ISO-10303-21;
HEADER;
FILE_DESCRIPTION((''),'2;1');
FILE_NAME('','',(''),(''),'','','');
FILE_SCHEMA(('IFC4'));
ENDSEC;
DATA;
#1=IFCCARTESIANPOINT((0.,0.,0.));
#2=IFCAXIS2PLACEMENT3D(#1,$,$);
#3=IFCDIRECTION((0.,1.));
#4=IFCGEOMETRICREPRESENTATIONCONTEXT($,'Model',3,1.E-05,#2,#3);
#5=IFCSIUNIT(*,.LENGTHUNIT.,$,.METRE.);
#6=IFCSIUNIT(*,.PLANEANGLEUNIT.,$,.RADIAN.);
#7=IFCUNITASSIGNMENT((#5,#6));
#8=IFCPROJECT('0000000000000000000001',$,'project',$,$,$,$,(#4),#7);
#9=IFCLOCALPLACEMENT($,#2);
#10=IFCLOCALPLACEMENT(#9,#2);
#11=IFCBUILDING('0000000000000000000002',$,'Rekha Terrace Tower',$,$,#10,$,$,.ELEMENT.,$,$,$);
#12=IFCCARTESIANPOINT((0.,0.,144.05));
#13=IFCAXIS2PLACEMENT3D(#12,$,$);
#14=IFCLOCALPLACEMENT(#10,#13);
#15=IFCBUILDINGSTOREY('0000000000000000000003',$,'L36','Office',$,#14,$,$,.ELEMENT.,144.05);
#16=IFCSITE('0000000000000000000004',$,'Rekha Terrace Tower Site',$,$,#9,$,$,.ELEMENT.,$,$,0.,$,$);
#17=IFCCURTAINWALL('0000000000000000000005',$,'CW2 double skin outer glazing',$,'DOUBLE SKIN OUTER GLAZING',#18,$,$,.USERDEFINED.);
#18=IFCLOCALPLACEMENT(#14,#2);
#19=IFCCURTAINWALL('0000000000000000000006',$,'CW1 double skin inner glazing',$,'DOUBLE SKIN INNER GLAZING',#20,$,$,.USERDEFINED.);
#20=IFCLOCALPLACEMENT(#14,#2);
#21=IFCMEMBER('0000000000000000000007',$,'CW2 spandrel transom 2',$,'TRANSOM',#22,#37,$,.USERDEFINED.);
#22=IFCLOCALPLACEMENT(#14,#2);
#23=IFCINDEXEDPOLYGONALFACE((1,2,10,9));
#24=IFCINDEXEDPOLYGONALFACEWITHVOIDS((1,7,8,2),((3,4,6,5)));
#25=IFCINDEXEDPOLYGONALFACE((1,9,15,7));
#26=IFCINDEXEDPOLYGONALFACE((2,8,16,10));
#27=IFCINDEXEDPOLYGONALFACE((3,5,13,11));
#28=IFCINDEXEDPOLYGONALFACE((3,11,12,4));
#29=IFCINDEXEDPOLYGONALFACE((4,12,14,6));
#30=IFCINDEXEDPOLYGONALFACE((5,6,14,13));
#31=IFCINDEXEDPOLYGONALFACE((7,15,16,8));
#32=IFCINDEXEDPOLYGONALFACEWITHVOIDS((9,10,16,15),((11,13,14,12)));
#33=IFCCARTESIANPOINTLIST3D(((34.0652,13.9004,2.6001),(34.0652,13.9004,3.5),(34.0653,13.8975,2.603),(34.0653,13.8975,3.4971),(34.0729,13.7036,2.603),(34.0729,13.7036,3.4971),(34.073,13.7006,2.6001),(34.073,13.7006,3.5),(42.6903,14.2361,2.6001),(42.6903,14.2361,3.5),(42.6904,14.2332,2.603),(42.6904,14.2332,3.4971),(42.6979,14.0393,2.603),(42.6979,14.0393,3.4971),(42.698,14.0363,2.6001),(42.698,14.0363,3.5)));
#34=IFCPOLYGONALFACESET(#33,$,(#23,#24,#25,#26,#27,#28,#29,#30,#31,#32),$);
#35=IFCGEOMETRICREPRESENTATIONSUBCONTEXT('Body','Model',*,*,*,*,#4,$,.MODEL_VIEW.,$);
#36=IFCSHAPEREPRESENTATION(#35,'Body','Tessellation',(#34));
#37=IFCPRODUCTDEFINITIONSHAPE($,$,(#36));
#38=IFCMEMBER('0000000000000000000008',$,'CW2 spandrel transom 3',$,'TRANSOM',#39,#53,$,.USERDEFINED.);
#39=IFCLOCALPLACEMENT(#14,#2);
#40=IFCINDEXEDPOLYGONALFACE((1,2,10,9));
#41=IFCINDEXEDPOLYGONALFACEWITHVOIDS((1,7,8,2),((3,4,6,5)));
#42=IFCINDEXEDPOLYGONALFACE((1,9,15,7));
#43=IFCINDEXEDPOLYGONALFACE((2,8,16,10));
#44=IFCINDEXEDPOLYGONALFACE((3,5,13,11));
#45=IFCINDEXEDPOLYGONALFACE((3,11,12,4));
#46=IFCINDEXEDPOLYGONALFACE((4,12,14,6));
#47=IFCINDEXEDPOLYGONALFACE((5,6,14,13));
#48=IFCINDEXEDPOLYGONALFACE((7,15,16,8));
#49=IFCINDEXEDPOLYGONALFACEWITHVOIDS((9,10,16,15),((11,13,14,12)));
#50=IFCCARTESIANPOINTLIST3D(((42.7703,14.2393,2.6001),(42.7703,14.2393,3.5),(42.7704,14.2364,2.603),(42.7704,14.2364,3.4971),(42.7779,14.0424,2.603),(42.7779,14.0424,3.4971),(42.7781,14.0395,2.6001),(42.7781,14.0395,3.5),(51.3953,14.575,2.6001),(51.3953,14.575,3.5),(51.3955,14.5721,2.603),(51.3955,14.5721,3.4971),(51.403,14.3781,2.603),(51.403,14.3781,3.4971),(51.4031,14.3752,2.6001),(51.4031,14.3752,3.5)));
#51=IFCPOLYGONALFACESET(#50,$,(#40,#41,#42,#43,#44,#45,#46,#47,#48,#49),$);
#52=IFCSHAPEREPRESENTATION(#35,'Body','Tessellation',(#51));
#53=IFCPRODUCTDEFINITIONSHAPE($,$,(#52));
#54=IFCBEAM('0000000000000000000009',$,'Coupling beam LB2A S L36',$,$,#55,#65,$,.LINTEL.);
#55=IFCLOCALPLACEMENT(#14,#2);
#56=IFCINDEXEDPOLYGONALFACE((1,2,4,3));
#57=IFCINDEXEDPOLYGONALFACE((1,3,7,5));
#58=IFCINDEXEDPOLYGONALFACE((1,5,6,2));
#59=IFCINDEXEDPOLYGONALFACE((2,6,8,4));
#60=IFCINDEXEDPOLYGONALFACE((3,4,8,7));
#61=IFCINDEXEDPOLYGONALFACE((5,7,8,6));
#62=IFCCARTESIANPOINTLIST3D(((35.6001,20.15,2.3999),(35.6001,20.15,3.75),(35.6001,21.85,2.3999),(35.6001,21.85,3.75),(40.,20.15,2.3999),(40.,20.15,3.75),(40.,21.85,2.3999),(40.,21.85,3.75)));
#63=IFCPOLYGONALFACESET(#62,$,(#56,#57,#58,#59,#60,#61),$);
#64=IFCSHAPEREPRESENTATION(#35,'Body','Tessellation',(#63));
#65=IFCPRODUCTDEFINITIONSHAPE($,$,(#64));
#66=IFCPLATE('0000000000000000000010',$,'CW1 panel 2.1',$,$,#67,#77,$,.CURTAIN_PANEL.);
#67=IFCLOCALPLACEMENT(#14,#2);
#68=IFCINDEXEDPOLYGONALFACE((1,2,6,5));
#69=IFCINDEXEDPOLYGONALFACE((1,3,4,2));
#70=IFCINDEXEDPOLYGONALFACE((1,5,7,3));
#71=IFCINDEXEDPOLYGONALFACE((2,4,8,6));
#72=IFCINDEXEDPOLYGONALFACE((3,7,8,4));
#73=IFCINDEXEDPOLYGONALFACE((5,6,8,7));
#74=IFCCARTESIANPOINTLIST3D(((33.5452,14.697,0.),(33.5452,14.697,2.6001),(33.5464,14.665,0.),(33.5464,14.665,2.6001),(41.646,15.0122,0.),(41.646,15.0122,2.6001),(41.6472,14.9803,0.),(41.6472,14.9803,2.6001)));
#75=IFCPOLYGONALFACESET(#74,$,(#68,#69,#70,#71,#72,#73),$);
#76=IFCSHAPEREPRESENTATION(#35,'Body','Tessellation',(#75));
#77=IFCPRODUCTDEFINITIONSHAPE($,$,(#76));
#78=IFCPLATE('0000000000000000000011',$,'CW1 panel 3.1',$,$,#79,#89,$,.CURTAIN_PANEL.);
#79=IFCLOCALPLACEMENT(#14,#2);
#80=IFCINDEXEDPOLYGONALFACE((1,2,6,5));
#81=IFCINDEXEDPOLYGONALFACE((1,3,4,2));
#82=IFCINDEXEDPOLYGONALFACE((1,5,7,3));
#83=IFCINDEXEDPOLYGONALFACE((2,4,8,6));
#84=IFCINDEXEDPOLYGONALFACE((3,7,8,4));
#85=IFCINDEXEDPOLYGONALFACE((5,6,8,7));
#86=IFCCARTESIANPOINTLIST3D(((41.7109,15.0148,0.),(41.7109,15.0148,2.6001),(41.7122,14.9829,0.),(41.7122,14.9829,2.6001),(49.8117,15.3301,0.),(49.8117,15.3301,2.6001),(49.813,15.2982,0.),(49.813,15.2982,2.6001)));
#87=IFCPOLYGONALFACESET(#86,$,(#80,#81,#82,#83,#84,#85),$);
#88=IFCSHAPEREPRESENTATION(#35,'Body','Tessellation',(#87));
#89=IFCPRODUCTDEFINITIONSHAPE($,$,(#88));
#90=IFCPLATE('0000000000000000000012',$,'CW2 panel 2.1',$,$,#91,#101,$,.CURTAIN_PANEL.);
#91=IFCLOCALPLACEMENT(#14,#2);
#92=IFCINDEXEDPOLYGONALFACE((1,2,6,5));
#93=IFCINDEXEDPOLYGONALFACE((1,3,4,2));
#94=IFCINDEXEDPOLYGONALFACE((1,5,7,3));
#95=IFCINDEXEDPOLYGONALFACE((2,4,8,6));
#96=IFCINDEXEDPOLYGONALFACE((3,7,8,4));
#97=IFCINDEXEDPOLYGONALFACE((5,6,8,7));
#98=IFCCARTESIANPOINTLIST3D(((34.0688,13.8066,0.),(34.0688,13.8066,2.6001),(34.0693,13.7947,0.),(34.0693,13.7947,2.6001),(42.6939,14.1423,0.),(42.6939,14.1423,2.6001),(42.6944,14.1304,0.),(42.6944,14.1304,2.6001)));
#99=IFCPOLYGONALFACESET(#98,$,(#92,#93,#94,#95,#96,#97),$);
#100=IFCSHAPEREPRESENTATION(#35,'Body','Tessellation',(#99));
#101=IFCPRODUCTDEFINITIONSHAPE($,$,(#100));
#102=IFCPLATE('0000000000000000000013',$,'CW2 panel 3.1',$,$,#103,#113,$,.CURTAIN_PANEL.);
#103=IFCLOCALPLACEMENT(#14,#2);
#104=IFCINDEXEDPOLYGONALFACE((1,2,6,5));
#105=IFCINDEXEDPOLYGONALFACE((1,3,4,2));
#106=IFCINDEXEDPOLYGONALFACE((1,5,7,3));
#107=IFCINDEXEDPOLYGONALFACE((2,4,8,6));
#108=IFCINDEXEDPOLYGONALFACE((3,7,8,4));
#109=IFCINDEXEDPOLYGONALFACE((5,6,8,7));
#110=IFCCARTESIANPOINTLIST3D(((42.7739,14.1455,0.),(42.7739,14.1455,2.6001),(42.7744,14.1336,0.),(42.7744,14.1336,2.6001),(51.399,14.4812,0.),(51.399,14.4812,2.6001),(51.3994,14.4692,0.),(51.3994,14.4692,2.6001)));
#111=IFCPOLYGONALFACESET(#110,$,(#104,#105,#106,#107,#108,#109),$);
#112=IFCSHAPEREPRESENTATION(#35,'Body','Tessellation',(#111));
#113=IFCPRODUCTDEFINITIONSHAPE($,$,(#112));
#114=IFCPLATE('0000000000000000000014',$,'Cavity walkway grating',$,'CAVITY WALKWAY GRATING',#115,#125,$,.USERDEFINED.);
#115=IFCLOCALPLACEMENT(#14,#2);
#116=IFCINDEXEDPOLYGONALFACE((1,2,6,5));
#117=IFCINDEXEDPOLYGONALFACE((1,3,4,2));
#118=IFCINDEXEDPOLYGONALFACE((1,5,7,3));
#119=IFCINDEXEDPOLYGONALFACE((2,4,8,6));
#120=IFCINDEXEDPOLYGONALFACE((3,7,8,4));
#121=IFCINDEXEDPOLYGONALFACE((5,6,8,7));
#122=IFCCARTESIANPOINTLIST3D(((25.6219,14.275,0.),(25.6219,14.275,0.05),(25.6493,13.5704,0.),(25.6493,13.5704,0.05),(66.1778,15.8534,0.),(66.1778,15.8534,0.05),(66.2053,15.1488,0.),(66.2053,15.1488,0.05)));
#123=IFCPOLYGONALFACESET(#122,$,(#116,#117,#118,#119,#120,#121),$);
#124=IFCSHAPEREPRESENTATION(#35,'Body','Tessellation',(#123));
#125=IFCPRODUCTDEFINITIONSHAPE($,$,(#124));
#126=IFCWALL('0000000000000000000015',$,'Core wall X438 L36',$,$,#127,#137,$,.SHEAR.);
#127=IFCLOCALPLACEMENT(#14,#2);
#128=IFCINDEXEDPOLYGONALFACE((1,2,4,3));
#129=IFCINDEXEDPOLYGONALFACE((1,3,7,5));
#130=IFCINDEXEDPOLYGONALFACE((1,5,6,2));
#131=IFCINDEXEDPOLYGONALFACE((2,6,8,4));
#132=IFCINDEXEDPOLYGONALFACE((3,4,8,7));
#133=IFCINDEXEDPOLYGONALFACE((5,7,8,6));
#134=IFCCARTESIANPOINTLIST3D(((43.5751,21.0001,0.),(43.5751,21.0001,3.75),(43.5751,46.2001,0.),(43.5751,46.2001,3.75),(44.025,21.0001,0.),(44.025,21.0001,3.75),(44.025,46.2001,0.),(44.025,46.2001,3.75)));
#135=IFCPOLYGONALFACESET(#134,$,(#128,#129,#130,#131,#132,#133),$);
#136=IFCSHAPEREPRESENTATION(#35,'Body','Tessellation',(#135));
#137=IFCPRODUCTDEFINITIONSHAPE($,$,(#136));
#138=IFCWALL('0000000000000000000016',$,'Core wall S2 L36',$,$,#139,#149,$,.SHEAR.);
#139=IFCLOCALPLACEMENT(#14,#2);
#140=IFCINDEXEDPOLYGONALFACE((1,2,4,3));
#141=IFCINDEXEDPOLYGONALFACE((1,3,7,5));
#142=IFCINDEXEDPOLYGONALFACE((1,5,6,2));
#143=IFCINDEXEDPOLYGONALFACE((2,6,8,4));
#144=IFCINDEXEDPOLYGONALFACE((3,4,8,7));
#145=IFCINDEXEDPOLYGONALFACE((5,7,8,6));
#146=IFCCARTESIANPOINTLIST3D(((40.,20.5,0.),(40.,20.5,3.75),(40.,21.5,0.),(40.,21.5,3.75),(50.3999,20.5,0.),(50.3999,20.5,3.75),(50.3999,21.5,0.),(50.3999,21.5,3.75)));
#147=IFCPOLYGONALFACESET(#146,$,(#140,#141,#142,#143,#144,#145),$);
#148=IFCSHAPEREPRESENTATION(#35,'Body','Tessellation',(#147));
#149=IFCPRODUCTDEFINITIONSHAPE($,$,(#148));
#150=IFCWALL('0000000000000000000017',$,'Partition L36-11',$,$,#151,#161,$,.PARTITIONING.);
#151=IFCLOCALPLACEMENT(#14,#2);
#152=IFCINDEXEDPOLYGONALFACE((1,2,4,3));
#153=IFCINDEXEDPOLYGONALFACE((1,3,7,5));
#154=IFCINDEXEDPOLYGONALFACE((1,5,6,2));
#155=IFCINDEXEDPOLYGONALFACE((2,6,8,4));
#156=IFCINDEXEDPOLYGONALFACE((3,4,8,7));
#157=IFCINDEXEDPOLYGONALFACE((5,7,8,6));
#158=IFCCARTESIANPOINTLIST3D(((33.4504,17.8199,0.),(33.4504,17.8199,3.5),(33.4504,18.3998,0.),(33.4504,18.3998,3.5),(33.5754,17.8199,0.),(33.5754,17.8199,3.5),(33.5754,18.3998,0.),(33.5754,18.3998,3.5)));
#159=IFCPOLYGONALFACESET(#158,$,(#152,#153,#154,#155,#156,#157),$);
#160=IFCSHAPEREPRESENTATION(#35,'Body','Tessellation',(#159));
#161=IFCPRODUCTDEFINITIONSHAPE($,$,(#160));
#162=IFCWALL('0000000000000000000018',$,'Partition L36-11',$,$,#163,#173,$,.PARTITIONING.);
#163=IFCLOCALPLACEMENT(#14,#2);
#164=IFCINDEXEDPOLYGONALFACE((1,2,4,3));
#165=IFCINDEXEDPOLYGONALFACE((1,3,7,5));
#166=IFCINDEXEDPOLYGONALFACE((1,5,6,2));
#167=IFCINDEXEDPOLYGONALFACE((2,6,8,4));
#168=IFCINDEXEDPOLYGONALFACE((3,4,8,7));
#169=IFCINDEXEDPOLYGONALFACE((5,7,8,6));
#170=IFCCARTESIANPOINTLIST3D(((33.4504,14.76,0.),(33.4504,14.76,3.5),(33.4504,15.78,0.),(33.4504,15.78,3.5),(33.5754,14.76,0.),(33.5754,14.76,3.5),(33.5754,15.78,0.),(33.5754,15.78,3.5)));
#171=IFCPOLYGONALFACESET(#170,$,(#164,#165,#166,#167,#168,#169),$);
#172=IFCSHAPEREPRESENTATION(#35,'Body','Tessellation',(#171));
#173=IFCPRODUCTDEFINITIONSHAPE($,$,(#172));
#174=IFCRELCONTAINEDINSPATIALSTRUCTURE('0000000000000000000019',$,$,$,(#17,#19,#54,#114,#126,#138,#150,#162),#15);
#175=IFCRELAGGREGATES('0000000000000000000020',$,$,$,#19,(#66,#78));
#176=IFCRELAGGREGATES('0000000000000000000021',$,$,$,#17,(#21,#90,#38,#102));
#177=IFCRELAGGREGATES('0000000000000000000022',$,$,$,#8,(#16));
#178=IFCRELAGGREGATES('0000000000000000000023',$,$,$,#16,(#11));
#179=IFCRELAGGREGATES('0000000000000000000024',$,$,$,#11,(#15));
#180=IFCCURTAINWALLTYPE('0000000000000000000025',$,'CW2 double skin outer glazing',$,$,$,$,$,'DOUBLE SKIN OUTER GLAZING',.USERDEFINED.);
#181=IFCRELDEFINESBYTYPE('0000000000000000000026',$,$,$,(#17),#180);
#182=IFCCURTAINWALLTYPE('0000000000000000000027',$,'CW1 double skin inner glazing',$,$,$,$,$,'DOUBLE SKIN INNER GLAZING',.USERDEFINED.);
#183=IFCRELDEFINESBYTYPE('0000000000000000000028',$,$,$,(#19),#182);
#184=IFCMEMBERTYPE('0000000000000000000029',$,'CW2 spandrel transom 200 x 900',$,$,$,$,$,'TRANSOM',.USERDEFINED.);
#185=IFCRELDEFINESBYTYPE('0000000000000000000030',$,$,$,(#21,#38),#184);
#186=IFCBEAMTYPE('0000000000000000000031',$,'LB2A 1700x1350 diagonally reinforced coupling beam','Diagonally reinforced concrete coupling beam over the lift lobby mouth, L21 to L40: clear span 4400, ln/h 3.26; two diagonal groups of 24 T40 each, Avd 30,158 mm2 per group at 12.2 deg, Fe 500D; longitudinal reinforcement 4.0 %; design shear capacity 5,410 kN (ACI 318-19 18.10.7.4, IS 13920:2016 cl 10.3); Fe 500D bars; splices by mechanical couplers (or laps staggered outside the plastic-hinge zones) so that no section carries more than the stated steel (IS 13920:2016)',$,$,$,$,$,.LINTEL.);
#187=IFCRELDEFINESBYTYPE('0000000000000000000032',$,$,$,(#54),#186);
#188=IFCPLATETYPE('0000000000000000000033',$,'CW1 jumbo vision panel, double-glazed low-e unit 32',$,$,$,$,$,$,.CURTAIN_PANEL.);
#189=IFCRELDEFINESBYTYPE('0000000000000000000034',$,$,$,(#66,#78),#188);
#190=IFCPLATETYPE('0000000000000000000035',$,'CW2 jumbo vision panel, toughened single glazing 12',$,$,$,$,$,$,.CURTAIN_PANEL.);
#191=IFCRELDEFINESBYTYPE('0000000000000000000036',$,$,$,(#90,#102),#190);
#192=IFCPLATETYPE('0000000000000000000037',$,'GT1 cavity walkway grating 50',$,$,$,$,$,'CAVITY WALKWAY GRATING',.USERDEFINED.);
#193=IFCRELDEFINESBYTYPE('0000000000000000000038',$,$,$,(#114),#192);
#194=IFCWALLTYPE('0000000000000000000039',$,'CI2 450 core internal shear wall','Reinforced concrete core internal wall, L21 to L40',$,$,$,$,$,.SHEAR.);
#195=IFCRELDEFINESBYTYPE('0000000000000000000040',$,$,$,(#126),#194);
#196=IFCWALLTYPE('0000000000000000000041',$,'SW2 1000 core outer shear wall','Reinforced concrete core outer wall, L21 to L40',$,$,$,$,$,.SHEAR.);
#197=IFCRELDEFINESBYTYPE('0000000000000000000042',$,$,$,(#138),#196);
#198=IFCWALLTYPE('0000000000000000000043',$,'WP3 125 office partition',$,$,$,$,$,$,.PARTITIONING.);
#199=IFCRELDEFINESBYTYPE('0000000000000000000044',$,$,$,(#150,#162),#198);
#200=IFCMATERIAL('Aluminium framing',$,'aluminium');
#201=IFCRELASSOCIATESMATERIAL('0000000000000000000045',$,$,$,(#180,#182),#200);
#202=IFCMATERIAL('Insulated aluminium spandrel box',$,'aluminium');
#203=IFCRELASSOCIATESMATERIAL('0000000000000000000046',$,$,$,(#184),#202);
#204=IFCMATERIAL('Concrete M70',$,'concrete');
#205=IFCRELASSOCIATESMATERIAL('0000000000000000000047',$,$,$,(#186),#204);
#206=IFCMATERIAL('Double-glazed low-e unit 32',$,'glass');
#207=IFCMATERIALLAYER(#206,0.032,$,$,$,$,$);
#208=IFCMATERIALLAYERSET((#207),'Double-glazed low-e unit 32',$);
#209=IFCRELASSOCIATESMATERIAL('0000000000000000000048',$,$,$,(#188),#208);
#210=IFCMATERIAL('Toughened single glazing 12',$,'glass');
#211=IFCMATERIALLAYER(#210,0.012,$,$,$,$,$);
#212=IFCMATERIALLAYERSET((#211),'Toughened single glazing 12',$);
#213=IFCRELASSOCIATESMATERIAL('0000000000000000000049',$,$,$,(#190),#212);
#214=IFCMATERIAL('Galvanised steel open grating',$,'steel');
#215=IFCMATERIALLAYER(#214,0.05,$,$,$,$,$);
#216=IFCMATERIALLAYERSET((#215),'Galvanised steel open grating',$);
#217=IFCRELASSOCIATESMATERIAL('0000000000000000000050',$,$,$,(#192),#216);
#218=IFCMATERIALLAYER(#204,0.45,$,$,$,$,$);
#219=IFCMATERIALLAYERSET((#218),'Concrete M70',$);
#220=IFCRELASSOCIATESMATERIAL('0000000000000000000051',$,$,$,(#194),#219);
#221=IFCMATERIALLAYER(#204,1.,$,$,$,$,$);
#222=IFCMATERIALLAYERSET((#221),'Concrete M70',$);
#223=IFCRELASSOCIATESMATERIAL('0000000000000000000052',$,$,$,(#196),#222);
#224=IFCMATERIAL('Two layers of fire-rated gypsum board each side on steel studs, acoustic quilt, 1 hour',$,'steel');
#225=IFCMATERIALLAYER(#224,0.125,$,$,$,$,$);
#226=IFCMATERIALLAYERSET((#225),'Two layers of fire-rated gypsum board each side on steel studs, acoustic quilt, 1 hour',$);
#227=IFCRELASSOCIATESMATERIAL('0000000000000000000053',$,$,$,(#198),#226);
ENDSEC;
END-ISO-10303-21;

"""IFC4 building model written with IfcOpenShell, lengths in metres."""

from ifc_helpers import new_model, si_unit, direction, frame, frame_2d, origin, origin_2d, place, context, subcontext, project, spatial, rectangle, hollow_rectangle, extrude, material, layer, layer_set, material_profile, profile_set, type_object, element, aggregate, save


model = new_model("IFC4")

# Units and contexts
model_context = context("Model", 3, precision=1e-05, world=origin(), true_north=direction((0.0, 1.0)))
body_context = subcontext(model_context, "Body", "Model", "MODEL_VIEW")
ifc_project = project(units=[si_unit("LENGTHUNIT", "METRE"), si_unit("PLANEANGLEUNIT", "RADIAN")], contexts=[model_context])

# Site, building, storey
site_placement = place(None, origin())
site = spatial("IfcSite", under=ifc_project, at=site_placement, Name="Rekha Terrace Tower Site", CompositionType="ELEMENT", RefElevation=0.0)
building_placement = place(site_placement, origin())
building = spatial("IfcBuilding", under=site, at=building_placement, Name="Rekha Terrace Tower", CompositionType="ELEMENT")
storey_placement = place(building_placement, frame((0.0, 0.0, 144.05)))
storey = spatial("IfcBuildingStorey", under=building, at=storey_placement, Name="L36", Description="Office", CompositionType="ELEMENT", Elevation=144.05)

# Shared definitions
ifc_material_1 = material(Name="Concrete M70", Category="concrete")

# Curtain walls
ifc_material_2 = material(Name="Aluminium framing", Category="aluminium")
curtain_wall_type_1 = type_object("IfcCurtainWallType", Name="CW2 double skin outer glazing", ElementType="DOUBLE SKIN OUTER GLAZING", PredefinedType="USERDEFINED", material=ifc_material_2)
curtain_wall_1_placement = place(storey_placement, origin())
curtain_wall_1 = element("IfcCurtainWall", 1, at=curtain_wall_1_placement, inside=storey, type_object=curtain_wall_type_1, Name="CW2 double skin outer glazing", ObjectType="DOUBLE SKIN OUTER GLAZING", PredefinedType="USERDEFINED")
curtain_wall_type_2 = type_object("IfcCurtainWallType", Name="CW1 double skin inner glazing", ElementType="DOUBLE SKIN INNER GLAZING", PredefinedType="USERDEFINED", material=ifc_material_2)
curtain_wall_2_placement = place(storey_placement, origin())
curtain_wall_2 = element("IfcCurtainWall", 2, at=curtain_wall_2_placement, inside=storey, type_object=curtain_wall_type_2, Name="CW1 double skin inner glazing", ObjectType="DOUBLE SKIN INNER GLAZING", PredefinedType="USERDEFINED")
ifc_material_3 = material(Name="Insulated aluminium spandrel box", Category="aluminium")

# Members
ifc_material_profile_1 = material_profile(ifc_material_3, hollow_rectangle(XDim=0.2, YDim=0.8999, WallThickness=0.0029, at=origin_2d()), Name="AL SPANDREL BOX 200x900")
ifc_profile_set_1 = profile_set([ifc_material_profile_1], Name="Insulated aluminium spandrel box")
member_type_1 = type_object("IfcMemberType", Name="CW2 spandrel transom 200 x 900", ElementType="TRANSOM", PredefinedType="USERDEFINED", material=ifc_profile_set_1)
member_1_placement = place(storey_placement, frame((34.0691, 13.8005, 3.05), z_axis=(0.999243, 0.038892, 0.0), x_axis=(-0.038892, 0.999243, 0.0)))
member_1 = element("IfcMember", 3, at=member_1_placement, type_object=member_type_1, Name="CW2 spandrel transom 2", ObjectType="TRANSOM", PredefinedType="USERDEFINED", context=body_context, shape_type="SweptSolid", body=[
    extrude(hollow_rectangle(XDim=0.2, YDim=0.8999, WallThickness=0.0029, at=origin_2d()), origin(), (0.0, 0.0, 1.0), 8.6316),
])
member_2_placement = place(storey_placement, frame((42.7742, 14.1394, 3.05), z_axis=(0.999243, 0.038892, 0.0), x_axis=(-0.038892, 0.999243, 0.0)))
member_2 = element("IfcMember", 4, at=member_2_placement, type_object=member_type_1, Name="CW2 spandrel transom 3", ObjectType="TRANSOM", PredefinedType="USERDEFINED", context=body_context, shape_type="SweptSolid", body=[
    extrude(hollow_rectangle(XDim=0.2, YDim=0.8999, WallThickness=0.0029, at=origin_2d()), origin(), (0.0, 0.0, 1.0), 8.6316),
])

# Beam
ifc_material_profile_2 = material_profile(ifc_material_1, rectangle(XDim=1.7, YDim=1.3501, at=origin_2d()), Name="RC 1700x1350")
ifc_profile_set_2 = profile_set([ifc_material_profile_2], Name="Concrete M70")
beam_type = type_object("IfcBeamType", Name="LB2A 1700x1350 diagonally reinforced coupling beam", Description="Diagonally reinforced concrete coupling beam over the lift lobby mouth, L21 to L40: clear span 4400, ln/h 3.26; two diagonal groups of 24 T40 each, Avd 30,158 mm2 per group at 12.2 deg, Fe 500D; longitudinal reinforcement 4.0 %; design shear capacity 5,410 kN (ACI 318-19 18.10.7.4, IS 13920:2016 cl 10.3); Fe 500D bars; splices by mechanical couplers (or laps staggered outside the plastic-hinge zones) so that no section carries more than the stated steel (IS 13920:2016)", PredefinedType="LINTEL", material=ifc_profile_set_2)
beam_placement = place(storey_placement, frame((35.6001, 21.0, 3.075), z_axis=(1.0, 0.0, 0.0), x_axis=(0.0, 1.0, 0.0)))
element("IfcBeam", 5, at=beam_placement, inside=storey, type_object=beam_type, Name="Coupling beam LB2A S L36", PredefinedType="LINTEL", context=body_context, shape_type="SweptSolid", body=[
    extrude(rectangle(XDim=1.7, YDim=1.3501, at=origin_2d()), origin(), (0.0, 0.0, 1.0), 4.3999),
])

# Plates
ifc_material_4 = material(Name="Double-glazed low-e unit 32", Category="glass")
ifc_layer_1 = layer(ifc_material_4, 0.032)
ifc_layer_set_1 = layer_set([ifc_layer_1], Name="Double-glazed low-e unit 32")
plate_type_1 = type_object("IfcPlateType", Name="CW1 jumbo vision panel, double-glazed low-e unit 32", PredefinedType="CURTAIN_PANEL", material=ifc_layer_set_1)
plate_1_placement = place(storey_placement, frame((37.5962, 14.8386, 0.0), z_axis=(0.0, 0.0, 1.0), x_axis=(0.999243, 0.03889, 0.0)))
plate_1 = element("IfcPlate", 6, at=plate_1_placement, type_object=plate_type_1, Name="CW1 panel 2.1", PredefinedType="CURTAIN_PANEL", context=body_context, shape_type="SweptSolid", body=[
    extrude(rectangle(XDim=8.1069, YDim=0.032, at=origin_2d()), origin(), (0.0, 0.0, 1.0), 2.6001),
])
plate_2_placement = place(storey_placement, frame((45.762, 15.1565, 0.0), z_axis=(0.0, 0.0, 1.0), x_axis=(0.999243, 0.03889, 0.0)))
plate_2 = element("IfcPlate", 7, at=plate_2_placement, type_object=plate_type_1, Name="CW1 panel 3.1", PredefinedType="CURTAIN_PANEL", context=body_context, shape_type="SweptSolid", body=[
    extrude(rectangle(XDim=8.1069, YDim=0.032, at=origin_2d()), origin(), (0.0, 0.0, 1.0), 2.6001),
])
aggregate(curtain_wall_2, [plate_1, plate_2])
ifc_material_5 = material(Name="Toughened single glazing 12", Category="glass")
ifc_layer_2 = layer(ifc_material_5, 0.012)
ifc_layer_set_2 = layer_set([ifc_layer_2], Name="Toughened single glazing 12")
plate_type_2 = type_object("IfcPlateType", Name="CW2 jumbo vision panel, toughened single glazing 12", PredefinedType="CURTAIN_PANEL", material=ifc_layer_set_2)
plate_3_placement = place(storey_placement, frame((38.3816, 13.9685, 0.0), z_axis=(0.0, 0.0, 1.0), x_axis=(0.999243, 0.03889, 0.0)))
plate_3 = element("IfcPlate", 8, at=plate_3_placement, type_object=plate_type_2, Name="CW2 panel 2.1", PredefinedType="CURTAIN_PANEL", context=body_context, shape_type="SweptSolid", body=[
    extrude(rectangle(XDim=8.6316, YDim=0.012, at=origin_2d()), origin(), (0.0, 0.0, 1.0), 2.6001),
])
plate_4_placement = place(storey_placement, frame((47.0867, 14.3074, 0.0), z_axis=(0.0, 0.0, 1.0), x_axis=(0.999243, 0.03889, 0.0)))
plate_4 = element("IfcPlate", 9, at=plate_4_placement, type_object=plate_type_2, Name="CW2 panel 3.1", PredefinedType="CURTAIN_PANEL", context=body_context, shape_type="SweptSolid", body=[
    extrude(rectangle(XDim=8.6316, YDim=0.012, at=origin_2d()), origin(), (0.0, 0.0, 1.0), 2.6001),
])
aggregate(curtain_wall_1, [member_1, plate_3, member_2, plate_4])
ifc_material_6 = material(Name="Galvanised steel open grating", Category="steel")
ifc_layer_3 = layer(ifc_material_6, 0.05)
ifc_layer_set_3 = layer_set([ifc_layer_3], Name="Galvanised steel open grating")
plate_type_3 = type_object("IfcPlateType", Name="GT1 cavity walkway grating 50", ElementType="CAVITY WALKWAY GRATING", PredefinedType="USERDEFINED", material=ifc_layer_set_3)
plate_5_placement = place(storey_placement, frame((45.9136, 14.7119, 0.0), z_axis=(0.0, 0.0, 1.0), x_axis=(0.999243, 0.03889, 0.0)))
element("IfcPlate", 10, at=plate_5_placement, inside=storey, type_object=plate_type_3, Name="Cavity walkway grating", ObjectType="CAVITY WALKWAY GRATING", PredefinedType="USERDEFINED", context=body_context, shape_type="SweptSolid", body=[
    extrude(rectangle(XDim=40.5867, YDim=0.7051, at=origin_2d()), origin(), (0.0, 0.0, 1.0), 0.05),
])

# Walls
ifc_layer_4 = layer(ifc_material_1, 0.45)
ifc_layer_set_4 = layer_set([ifc_layer_4], Name="Concrete M70")
wall_type_1 = type_object("IfcWallType", Name="CI2 450 core internal shear wall", Description="Reinforced concrete core internal wall, L21 to L40", PredefinedType="SHEAR", material=ifc_layer_set_4)
wall_1_placement = place(storey_placement, frame((43.8, 21.0, 0.0), z_axis=(0.0, 0.0, 1.0), x_axis=(0.0, 1.0, 0.0)))
element("IfcWall", 11, at=wall_1_placement, inside=storey, type_object=wall_type_1, Name="Core wall X438 L36", PredefinedType="SHEAR", context=body_context, shape_type="SweptSolid", body=[
    extrude(rectangle(XDim=25.2, YDim=0.45, at=frame_2d((12.6001, 0.0))), origin(), (0.0, 0.0, 1.0), 3.75),
])
ifc_layer_5 = layer(ifc_material_1, 1.0)
ifc_layer_set_5 = layer_set([ifc_layer_5], Name="Concrete M70")
wall_type_2 = type_object("IfcWallType", Name="SW2 1000 core outer shear wall", Description="Reinforced concrete core outer wall, L21 to L40", PredefinedType="SHEAR", material=ifc_layer_set_5)
wall_2_placement = place(storey_placement, frame((40.0, 21.0, 0.0), z_axis=(0.0, 0.0, 1.0), x_axis=(1.0, 0.0, 0.0)))
element("IfcWall", 12, at=wall_2_placement, inside=storey, type_object=wall_type_2, Name="Core wall S2 L36", PredefinedType="SHEAR", context=body_context, shape_type="SweptSolid", body=[
    extrude(rectangle(XDim=10.3999, YDim=1.0, at=frame_2d((5.2, 0.0))), origin(), (0.0, 0.0, 1.0), 3.75),
])
ifc_material_7 = material(Name="Two layers of fire-rated gypsum board each side on steel studs, acoustic quilt, 1 hour", Category="steel")
ifc_layer_6 = layer(ifc_material_7, 0.125)
ifc_layer_set_6 = layer_set([ifc_layer_6], Name="Two layers of fire-rated gypsum board each side on steel studs, acoustic quilt, 1 hour")
wall_type_3 = type_object("IfcWallType", Name="WP3 125 office partition", PredefinedType="PARTITIONING", material=ifc_layer_set_6)
wall_3_placement = place(storey_placement, frame((33.5129, 18.3999, 0.0), z_axis=(0.0, 0.0, 1.0), x_axis=(0.0, -1.0, 0.0)))
element("IfcWall", 13, at=wall_3_placement, inside=storey, type_object=wall_type_3, Name="Partition L36-11", PredefinedType="PARTITIONING", context=body_context, shape_type="SweptSolid", body=[
    extrude(rectangle(XDim=0.5798, YDim=0.125, at=frame_2d((0.29, 0.0))), origin(), (0.0, 0.0, 1.0), 3.5),
])
wall_4_placement = place(storey_placement, frame((33.5129, 15.78, 0.0), z_axis=(0.0, 0.0, 1.0), x_axis=(0.0, -1.0, 0.0)))
element("IfcWall", 14, at=wall_4_placement, inside=storey, type_object=wall_type_3, Name="Partition L36-11", PredefinedType="PARTITIONING", context=body_context, shape_type="SweptSolid", body=[
    extrude(rectangle(XDim=1.02, YDim=0.125, at=frame_2d((0.51, 0.0))), origin(), (0.0, 0.0, 1.0), 3.5),
])

save(model, "model.ifc")
